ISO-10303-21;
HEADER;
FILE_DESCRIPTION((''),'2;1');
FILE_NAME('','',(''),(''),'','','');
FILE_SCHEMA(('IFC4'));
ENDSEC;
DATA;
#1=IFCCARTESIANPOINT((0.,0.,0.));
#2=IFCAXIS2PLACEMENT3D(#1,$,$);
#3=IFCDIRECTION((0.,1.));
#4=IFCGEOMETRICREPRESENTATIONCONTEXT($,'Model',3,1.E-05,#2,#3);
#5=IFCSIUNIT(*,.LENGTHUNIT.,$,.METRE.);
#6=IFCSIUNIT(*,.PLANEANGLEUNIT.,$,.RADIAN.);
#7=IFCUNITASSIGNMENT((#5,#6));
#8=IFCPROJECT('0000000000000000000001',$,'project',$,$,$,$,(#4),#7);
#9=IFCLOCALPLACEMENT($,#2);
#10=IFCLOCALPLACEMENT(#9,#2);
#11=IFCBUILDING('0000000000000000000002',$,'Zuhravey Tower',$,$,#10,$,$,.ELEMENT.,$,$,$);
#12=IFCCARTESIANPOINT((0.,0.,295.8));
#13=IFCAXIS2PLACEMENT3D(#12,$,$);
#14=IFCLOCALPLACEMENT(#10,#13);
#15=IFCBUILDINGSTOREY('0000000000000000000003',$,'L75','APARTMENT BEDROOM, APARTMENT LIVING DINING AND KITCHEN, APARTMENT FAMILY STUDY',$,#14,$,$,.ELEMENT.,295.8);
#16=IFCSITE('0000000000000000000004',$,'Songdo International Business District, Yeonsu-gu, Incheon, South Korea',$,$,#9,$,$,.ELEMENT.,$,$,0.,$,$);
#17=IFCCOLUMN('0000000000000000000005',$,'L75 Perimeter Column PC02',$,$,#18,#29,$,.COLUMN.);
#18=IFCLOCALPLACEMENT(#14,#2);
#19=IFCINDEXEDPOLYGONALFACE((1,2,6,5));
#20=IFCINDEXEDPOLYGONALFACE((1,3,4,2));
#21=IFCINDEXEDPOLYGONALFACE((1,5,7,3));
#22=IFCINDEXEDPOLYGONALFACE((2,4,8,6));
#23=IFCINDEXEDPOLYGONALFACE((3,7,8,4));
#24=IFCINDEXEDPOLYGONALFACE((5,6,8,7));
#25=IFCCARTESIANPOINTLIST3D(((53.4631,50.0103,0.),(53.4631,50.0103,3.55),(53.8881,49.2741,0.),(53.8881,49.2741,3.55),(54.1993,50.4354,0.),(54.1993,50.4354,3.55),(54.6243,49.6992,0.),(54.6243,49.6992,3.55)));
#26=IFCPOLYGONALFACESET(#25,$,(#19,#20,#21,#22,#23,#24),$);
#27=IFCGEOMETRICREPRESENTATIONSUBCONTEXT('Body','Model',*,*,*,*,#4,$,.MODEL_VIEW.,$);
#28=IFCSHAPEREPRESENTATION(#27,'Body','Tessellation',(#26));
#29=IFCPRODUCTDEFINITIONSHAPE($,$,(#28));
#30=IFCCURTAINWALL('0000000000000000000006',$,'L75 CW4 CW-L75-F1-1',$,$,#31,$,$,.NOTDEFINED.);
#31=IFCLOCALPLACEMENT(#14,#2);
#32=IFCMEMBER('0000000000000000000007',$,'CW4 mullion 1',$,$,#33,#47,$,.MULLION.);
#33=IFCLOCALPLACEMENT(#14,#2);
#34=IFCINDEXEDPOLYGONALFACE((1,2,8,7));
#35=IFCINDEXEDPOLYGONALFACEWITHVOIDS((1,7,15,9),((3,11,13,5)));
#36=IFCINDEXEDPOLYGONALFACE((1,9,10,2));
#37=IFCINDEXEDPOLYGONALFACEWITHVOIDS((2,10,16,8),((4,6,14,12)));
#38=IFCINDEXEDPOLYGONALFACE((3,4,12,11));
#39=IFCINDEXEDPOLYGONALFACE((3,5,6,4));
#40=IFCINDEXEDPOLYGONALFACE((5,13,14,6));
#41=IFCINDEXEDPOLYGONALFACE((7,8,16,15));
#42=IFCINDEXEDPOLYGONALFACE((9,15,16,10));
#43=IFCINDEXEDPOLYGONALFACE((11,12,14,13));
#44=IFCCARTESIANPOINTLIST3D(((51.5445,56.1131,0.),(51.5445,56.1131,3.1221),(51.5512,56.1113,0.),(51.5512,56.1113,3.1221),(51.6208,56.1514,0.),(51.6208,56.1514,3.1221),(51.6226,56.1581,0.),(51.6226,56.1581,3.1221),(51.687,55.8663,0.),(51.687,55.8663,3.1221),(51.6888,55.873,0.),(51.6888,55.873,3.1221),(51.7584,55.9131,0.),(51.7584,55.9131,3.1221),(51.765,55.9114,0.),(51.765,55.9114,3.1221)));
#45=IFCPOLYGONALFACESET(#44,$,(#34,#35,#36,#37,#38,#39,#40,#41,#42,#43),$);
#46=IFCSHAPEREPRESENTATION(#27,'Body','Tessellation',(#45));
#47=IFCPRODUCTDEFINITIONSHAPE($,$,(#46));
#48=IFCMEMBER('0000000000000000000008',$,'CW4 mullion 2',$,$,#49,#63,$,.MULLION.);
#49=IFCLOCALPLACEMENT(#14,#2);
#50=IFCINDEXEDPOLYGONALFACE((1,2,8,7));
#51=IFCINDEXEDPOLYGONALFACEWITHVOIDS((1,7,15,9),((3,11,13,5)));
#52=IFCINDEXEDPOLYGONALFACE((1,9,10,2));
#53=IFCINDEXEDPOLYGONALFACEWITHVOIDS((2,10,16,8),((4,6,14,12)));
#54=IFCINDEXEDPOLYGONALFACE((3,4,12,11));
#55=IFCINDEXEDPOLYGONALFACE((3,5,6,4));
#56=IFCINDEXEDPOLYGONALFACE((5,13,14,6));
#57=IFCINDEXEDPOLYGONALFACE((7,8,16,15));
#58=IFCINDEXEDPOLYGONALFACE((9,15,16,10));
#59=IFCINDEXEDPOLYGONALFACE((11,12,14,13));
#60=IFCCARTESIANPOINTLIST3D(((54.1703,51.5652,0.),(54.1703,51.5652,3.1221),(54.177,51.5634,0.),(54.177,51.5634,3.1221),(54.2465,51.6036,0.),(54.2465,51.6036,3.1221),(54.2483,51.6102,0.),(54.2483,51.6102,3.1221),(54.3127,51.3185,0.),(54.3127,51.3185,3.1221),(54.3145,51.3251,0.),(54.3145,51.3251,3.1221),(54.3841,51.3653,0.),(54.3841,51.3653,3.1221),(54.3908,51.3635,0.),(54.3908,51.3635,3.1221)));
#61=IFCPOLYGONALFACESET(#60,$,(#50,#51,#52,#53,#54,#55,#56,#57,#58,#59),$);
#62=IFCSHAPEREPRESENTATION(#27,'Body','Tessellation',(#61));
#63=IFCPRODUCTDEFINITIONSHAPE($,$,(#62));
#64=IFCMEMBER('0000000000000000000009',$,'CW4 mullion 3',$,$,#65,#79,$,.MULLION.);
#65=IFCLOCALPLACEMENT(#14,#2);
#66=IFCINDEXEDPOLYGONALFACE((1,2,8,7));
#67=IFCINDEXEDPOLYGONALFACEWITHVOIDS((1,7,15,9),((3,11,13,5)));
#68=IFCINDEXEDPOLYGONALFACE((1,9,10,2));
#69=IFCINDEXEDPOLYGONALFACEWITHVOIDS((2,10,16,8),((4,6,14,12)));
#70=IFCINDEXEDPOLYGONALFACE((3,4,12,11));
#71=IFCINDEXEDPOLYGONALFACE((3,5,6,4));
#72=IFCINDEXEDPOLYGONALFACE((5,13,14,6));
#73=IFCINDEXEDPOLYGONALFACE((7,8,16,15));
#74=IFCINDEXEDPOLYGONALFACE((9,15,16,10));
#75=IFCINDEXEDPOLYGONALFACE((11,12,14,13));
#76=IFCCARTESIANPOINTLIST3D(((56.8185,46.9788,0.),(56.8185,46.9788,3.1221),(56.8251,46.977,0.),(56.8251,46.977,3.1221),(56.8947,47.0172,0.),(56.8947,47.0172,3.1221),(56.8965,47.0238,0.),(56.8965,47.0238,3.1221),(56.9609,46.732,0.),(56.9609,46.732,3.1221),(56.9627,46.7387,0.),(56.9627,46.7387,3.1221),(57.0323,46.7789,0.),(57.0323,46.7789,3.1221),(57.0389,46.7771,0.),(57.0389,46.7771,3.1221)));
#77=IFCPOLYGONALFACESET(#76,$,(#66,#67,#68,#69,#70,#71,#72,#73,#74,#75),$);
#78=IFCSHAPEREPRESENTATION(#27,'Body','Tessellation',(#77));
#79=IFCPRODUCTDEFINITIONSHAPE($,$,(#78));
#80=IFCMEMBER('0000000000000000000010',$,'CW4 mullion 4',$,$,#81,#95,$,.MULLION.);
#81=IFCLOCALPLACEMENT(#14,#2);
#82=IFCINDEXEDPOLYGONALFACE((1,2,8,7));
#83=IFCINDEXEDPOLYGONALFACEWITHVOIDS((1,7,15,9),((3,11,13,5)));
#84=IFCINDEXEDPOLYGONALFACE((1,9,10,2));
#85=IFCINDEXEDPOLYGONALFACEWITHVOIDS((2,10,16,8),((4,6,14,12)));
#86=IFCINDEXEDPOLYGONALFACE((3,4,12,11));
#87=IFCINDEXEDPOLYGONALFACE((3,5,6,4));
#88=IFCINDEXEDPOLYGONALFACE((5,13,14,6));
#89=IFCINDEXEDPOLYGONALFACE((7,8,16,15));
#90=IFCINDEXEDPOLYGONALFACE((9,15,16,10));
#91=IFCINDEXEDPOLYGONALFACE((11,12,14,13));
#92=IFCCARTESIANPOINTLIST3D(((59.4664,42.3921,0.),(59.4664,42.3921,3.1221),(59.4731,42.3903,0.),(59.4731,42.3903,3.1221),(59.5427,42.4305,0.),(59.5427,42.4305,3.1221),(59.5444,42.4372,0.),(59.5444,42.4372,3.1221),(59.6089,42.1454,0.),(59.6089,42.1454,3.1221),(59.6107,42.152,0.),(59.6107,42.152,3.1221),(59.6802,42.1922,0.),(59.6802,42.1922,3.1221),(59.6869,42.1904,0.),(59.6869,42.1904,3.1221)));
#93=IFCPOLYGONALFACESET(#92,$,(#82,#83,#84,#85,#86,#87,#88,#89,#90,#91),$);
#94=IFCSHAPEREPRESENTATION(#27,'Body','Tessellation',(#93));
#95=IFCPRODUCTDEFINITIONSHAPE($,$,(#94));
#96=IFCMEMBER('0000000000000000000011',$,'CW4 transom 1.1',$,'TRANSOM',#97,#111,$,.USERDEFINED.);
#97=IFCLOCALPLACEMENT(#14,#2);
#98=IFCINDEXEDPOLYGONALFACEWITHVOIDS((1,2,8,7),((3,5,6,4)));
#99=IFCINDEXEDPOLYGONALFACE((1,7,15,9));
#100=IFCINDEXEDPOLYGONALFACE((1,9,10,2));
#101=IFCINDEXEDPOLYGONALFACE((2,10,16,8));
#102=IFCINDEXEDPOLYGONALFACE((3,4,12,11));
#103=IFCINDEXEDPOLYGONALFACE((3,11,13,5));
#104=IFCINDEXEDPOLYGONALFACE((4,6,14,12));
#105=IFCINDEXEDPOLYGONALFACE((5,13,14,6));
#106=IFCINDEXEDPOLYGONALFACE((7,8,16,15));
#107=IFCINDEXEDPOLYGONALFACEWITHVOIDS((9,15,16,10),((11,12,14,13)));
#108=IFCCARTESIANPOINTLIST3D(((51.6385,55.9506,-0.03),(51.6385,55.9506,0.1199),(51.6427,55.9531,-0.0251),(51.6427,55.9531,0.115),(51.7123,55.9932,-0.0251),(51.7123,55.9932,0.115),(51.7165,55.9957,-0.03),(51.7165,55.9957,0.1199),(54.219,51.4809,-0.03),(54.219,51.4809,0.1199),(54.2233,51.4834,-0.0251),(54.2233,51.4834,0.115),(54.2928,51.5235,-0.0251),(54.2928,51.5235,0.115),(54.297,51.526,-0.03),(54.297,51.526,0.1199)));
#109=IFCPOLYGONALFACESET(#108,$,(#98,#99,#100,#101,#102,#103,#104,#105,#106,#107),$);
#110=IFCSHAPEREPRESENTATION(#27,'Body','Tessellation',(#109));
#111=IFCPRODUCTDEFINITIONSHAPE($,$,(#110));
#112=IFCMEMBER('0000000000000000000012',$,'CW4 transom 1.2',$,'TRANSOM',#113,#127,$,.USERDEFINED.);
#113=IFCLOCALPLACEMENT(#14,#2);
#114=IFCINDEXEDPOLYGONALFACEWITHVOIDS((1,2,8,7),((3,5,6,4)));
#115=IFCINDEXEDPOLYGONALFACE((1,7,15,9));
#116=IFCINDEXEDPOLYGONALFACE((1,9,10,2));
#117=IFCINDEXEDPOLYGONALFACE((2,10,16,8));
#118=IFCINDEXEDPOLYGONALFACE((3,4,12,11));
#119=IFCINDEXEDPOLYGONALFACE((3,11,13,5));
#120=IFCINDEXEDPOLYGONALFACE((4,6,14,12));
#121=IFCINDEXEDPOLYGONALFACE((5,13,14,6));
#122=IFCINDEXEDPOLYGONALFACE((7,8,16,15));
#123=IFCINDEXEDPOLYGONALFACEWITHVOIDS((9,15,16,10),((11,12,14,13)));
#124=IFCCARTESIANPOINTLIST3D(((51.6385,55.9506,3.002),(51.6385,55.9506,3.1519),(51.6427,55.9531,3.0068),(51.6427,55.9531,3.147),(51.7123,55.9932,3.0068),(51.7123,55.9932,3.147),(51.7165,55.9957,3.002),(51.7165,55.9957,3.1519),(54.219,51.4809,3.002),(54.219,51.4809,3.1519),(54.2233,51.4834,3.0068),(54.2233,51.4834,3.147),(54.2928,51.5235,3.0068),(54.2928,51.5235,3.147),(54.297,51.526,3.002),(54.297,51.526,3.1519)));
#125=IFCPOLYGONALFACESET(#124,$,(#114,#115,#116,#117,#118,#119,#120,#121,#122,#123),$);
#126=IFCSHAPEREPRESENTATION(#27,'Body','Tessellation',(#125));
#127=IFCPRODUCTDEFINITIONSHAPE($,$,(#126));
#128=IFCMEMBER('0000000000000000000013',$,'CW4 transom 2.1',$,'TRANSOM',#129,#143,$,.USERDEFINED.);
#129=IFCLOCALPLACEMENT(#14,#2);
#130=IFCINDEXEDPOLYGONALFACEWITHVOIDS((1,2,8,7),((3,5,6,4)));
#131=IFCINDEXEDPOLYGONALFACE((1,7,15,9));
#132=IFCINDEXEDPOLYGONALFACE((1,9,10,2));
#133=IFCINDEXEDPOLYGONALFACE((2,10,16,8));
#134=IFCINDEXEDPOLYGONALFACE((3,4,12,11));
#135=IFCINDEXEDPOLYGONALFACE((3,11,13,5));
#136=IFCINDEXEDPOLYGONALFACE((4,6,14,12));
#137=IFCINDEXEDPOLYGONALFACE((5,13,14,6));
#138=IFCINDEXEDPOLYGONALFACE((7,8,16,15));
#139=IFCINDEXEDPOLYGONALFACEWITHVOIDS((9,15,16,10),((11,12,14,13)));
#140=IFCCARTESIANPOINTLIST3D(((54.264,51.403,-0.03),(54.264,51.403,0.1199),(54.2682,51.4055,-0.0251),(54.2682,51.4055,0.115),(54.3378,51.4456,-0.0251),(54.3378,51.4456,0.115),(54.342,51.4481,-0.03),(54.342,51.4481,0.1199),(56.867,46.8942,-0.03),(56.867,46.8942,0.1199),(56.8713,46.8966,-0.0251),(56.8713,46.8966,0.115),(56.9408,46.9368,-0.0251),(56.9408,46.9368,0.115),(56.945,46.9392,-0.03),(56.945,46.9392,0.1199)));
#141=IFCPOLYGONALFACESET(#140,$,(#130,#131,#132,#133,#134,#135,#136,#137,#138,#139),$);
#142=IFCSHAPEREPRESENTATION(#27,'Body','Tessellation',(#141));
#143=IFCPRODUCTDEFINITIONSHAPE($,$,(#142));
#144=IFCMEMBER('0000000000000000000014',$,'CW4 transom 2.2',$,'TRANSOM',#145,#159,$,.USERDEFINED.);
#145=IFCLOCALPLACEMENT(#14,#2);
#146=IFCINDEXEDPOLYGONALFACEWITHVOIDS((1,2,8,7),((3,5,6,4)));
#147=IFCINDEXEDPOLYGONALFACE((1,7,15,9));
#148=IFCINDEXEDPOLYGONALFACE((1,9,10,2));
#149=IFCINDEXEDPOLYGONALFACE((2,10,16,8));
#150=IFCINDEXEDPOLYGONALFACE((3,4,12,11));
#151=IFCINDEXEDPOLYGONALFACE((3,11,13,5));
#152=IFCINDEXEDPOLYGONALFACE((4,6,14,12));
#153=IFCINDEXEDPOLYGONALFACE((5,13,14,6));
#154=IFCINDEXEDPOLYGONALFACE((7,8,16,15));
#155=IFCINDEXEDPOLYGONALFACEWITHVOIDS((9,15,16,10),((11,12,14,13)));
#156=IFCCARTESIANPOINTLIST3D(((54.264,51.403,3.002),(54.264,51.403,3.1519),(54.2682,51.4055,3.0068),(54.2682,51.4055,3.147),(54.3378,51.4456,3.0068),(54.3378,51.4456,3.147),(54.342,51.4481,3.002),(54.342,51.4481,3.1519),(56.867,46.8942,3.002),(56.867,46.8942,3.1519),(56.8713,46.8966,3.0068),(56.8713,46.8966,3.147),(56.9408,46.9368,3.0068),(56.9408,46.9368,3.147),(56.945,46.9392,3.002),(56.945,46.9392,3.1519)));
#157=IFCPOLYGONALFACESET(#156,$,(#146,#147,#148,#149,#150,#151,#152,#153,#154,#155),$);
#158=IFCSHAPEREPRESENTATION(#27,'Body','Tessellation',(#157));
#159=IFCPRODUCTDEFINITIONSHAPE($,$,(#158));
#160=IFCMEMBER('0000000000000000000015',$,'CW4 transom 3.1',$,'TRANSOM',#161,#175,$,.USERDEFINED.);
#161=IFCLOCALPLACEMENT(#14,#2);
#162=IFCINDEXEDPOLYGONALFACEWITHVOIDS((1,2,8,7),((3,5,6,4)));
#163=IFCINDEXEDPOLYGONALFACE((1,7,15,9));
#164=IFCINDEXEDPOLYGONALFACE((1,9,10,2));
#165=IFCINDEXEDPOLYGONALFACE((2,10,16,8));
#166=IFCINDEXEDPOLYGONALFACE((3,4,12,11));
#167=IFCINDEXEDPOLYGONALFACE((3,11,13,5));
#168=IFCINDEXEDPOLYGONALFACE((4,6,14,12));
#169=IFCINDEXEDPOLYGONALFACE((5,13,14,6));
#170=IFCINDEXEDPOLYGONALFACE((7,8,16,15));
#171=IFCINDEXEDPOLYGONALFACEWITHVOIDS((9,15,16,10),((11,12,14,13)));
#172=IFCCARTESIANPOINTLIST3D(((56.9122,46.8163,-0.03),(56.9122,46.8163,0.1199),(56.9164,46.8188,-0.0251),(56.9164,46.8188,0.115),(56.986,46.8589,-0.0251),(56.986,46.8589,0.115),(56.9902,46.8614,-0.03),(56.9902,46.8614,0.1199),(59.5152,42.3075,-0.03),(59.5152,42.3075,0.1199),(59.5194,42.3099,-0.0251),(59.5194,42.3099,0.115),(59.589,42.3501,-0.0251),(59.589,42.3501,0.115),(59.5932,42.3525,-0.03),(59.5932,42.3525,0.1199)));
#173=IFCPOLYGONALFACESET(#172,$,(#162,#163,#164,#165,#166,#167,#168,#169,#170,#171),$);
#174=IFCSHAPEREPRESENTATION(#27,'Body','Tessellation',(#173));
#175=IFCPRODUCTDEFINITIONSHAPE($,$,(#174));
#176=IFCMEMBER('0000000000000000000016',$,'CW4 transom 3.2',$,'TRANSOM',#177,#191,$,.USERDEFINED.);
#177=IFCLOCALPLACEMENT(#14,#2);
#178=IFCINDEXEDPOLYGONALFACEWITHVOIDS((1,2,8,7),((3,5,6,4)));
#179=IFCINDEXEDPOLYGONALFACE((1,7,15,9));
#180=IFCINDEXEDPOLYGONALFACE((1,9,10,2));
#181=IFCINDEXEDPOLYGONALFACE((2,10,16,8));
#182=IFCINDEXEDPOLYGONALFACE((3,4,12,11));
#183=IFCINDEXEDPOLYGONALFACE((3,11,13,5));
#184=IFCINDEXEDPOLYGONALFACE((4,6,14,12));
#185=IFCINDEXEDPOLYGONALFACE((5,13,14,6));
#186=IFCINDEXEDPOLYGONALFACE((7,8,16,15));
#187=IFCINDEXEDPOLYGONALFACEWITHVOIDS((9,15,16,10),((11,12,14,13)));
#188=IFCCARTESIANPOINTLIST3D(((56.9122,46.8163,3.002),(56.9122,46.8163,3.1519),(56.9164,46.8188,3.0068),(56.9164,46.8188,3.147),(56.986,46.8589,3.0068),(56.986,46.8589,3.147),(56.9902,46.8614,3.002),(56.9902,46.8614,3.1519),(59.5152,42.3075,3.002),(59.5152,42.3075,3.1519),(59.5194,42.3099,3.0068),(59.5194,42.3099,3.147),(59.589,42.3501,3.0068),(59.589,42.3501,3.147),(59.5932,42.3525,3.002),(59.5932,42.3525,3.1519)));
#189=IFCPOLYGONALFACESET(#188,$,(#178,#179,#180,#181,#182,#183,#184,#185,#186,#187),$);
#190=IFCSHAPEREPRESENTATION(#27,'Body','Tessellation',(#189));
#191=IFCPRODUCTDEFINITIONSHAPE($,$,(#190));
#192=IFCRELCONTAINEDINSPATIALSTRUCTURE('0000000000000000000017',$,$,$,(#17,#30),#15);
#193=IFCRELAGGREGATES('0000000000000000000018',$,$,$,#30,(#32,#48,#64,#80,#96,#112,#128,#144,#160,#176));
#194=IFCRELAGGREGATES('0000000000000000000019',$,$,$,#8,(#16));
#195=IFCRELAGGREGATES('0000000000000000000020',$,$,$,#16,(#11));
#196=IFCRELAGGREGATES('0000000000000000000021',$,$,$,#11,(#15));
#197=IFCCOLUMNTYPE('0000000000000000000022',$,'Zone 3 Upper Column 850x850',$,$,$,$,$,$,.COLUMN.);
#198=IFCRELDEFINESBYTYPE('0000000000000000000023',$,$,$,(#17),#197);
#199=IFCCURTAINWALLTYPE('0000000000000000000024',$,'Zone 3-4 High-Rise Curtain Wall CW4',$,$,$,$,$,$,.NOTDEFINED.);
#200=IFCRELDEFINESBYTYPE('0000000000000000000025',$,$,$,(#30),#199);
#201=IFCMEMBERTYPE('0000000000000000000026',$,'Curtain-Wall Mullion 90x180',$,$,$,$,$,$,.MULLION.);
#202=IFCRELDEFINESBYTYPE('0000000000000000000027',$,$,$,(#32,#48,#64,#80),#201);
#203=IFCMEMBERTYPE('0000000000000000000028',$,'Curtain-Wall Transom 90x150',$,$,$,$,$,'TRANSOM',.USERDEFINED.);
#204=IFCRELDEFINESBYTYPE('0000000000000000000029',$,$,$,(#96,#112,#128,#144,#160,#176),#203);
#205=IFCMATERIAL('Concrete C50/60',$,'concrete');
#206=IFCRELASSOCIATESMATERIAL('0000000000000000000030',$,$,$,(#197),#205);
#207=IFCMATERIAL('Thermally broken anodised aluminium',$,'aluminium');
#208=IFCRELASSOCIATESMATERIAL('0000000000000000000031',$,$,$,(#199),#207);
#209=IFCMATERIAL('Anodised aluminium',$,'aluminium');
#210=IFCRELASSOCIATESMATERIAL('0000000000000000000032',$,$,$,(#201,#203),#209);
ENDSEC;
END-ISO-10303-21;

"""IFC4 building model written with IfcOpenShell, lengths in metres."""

from ifc_helpers import new_model, si_unit, direction, frame, origin, origin_2d, place, context, subcontext, project, spatial, rectangle, hollow_rectangle, extrude, material, material_profile, profile_set, type_object, element, aggregate, save


model = new_model("IFC4")

# Units and contexts
model_context = context("Model", 3, precision=1e-05, world=origin(), true_north=direction((0.0, 1.0)))
body_context = subcontext(model_context, "Body", "Model", "MODEL_VIEW")
ifc_project = project(units=[si_unit("LENGTHUNIT", "METRE"), si_unit("PLANEANGLEUNIT", "RADIAN")], contexts=[model_context])

# Site, building, storey
site_placement = place(None, origin())
site = spatial("IfcSite", under=ifc_project, at=site_placement, Name="Songdo International Business District, Yeonsu-gu, Incheon, South Korea", CompositionType="ELEMENT", RefElevation=0.0)
building_placement = place(site_placement, origin())
building = spatial("IfcBuilding", under=site, at=building_placement, Name="Zuhravey Tower", CompositionType="ELEMENT")
storey_placement = place(building_placement, frame((0.0, 0.0, 295.8)))
storey = spatial("IfcBuildingStorey", under=building, at=storey_placement, Name="L75", Description="APARTMENT BEDROOM, APARTMENT LIVING DINING AND KITCHEN, APARTMENT FAMILY STUDY", CompositionType="ELEMENT", Elevation=295.8)

# Column
ifc_material_1 = material(Name="Concrete C50/60", Category="concrete")
ifc_material_profile_1 = material_profile(ifc_material_1, rectangle(XDim=0.8501, YDim=0.8501, at=origin_2d()), Name="RC-850x850")
ifc_profile_set_1 = profile_set([ifc_material_profile_1], Name="Concrete C50/60")
column_type = type_object("IfcColumnType", Name="Zone 3 Upper Column 850x850", PredefinedType="COLUMN", material=ifc_profile_set_1)
column_placement = place(storey_placement, frame((54.0437, 49.8547, 0.0), z_axis=(0.0, 0.0, 1.0), x_axis=(-0.5, 0.866025, 0.0)))
element("IfcColumn", 1, at=column_placement, inside=storey, type_object=column_type, Name="L75 Perimeter Column PC02", PredefinedType="COLUMN", context=body_context, shape_type="SweptSolid", body=[
    extrude(rectangle(XDim=0.8501, YDim=0.8501, at=origin_2d()), origin(), (0.0, 0.0, 1.0), 3.55),
])

# Curtain wall, members
ifc_material_2 = material(Name="Thermally broken anodised aluminium", Category="aluminium")
curtain_wall_type = type_object("IfcCurtainWallType", Name="Zone 3-4 High-Rise Curtain Wall CW4", PredefinedType="NOTDEFINED", material=ifc_material_2)
curtain_wall_placement = place(storey_placement, origin())
curtain_wall = element("IfcCurtainWall", 2, at=curtain_wall_placement, inside=storey, type_object=curtain_wall_type, Name="L75 CW4 CW-L75-F1-1", PredefinedType="NOTDEFINED")
ifc_material_3 = material(Name="Anodised aluminium", Category="aluminium")
ifc_material_profile_2 = material_profile(ifc_material_3, hollow_rectangle(XDim=0.0901, YDim=0.2849, WallThickness=0.0049, at=origin_2d()), Name="ALU-RHS-90x285x5")
ifc_profile_set_2 = profile_set([ifc_material_profile_2], Name="Anodised aluminium")
member_type_1 = type_object("IfcMemberType", Name="Curtain-Wall Mullion 90x180", PredefinedType="MULLION", material=ifc_profile_set_2)
member_1_placement = place(storey_placement, frame((51.6548, 56.0122, 0.0), z_axis=(0.0, 0.0, 1.0), x_axis=(0.866025, 0.500002, 0.0)))
member_1 = element("IfcMember", 3, at=member_1_placement, type_object=member_type_1, Name="CW4 mullion 1", PredefinedType="MULLION", context=body_context, shape_type="SweptSolid", body=[
    extrude(hollow_rectangle(XDim=0.0901, YDim=0.2849, WallThickness=0.0049, at=origin_2d()), origin(), (0.0, 0.0, 1.0), 3.1221),
])
member_2_placement = place(storey_placement, frame((54.2805, 51.4644, 0.0), z_axis=(0.0, 0.0, 1.0), x_axis=(0.866025, 0.500002, 0.0)))
member_2 = element("IfcMember", 4, at=member_2_placement, type_object=member_type_1, Name="CW4 mullion 2", PredefinedType="MULLION", context=body_context, shape_type="SweptSolid", body=[
    extrude(hollow_rectangle(XDim=0.0901, YDim=0.2849, WallThickness=0.0049, at=origin_2d()), origin(), (0.0, 0.0, 1.0), 3.1221),
])
member_3_placement = place(storey_placement, frame((56.9287, 46.8779, 0.0), z_axis=(0.0, 0.0, 1.0), x_axis=(0.866025, 0.500002, 0.0)))
member_3 = element("IfcMember", 5, at=member_3_placement, type_object=member_type_1, Name="CW4 mullion 3", PredefinedType="MULLION", context=body_context, shape_type="SweptSolid", body=[
    extrude(hollow_rectangle(XDim=0.0901, YDim=0.2849, WallThickness=0.0049, at=origin_2d()), origin(), (0.0, 0.0, 1.0), 3.1221),
])
member_4_placement = place(storey_placement, frame((59.5767, 42.2913, 0.0), z_axis=(0.0, 0.0, 1.0), x_axis=(0.866025, 0.500002, 0.0)))
member_4 = element("IfcMember", 6, at=member_4_placement, type_object=member_type_1, Name="CW4 mullion 4", PredefinedType="MULLION", context=body_context, shape_type="SweptSolid", body=[
    extrude(hollow_rectangle(XDim=0.0901, YDim=0.2849, WallThickness=0.0049, at=origin_2d()), origin(), (0.0, 0.0, 1.0), 3.1221),
])
ifc_material_profile_3 = material_profile(ifc_material_3, hollow_rectangle(XDim=0.0901, YDim=0.1499, WallThickness=0.0049, at=origin_2d()), Name="ALU-RHS-90x150x5")
ifc_profile_set_3 = profile_set([ifc_material_profile_3], Name="Anodised aluminium")
member_type_2 = type_object("IfcMemberType", Name="Curtain-Wall Transom 90x150", ElementType="TRANSOM", PredefinedType="USERDEFINED", material=ifc_profile_set_3)
member_5_placement = place(storey_placement, frame((51.6775, 55.9731, 0.0449), z_axis=(0.499995, -0.866028, 0.0), x_axis=(0.866028, 0.499995, 0.0)))
member_5 = element("IfcMember", 7, at=member_5_placement, type_object=member_type_2, Name="CW4 transom 1.1", ObjectType="TRANSOM", PredefinedType="USERDEFINED", context=body_context, shape_type="SweptSolid", body=[
    extrude(hollow_rectangle(XDim=0.0901, YDim=0.1499, WallThickness=0.0049, at=origin_2d()), origin(), (0.0, 0.0, 1.0), 5.1611),
])
member_6_placement = place(storey_placement, frame((51.6775, 55.9731, 3.0769), z_axis=(0.499995, -0.866028, 0.0), x_axis=(0.866028, 0.499995, 0.0)))
member_6 = element("IfcMember", 8, at=member_6_placement, type_object=member_type_2, Name="CW4 transom 1.2", ObjectType="TRANSOM", PredefinedType="USERDEFINED", context=body_context, shape_type="SweptSolid", body=[
    extrude(hollow_rectangle(XDim=0.0901, YDim=0.1499, WallThickness=0.0049, at=origin_2d()), origin(), (0.0, 0.0, 1.0), 5.1611),
])
member_7_placement = place(storey_placement, frame((54.303, 51.4255, 0.0449), z_axis=(0.499982, -0.866036, 0.0), x_axis=(0.866036, 0.499982, 0.0)))
member_7 = element("IfcMember", 9, at=member_7_placement, type_object=member_type_2, Name="CW4 transom 2.1", ObjectType="TRANSOM", PredefinedType="USERDEFINED", context=body_context, shape_type="SweptSolid", body=[
    extrude(hollow_rectangle(XDim=0.0901, YDim=0.1499, WallThickness=0.0049, at=origin_2d()), origin(), (0.0, 0.0, 1.0), 5.2063),
])
member_8_placement = place(storey_placement, frame((54.303, 51.4255, 3.0769), z_axis=(0.499982, -0.866036, 0.0), x_axis=(0.866036, 0.499982, 0.0)))
member_8 = element("IfcMember", 10, at=member_8_placement, type_object=member_type_2, Name="CW4 transom 2.2", ObjectType="TRANSOM", PredefinedType="USERDEFINED", context=body_context, shape_type="SweptSolid", body=[
    extrude(hollow_rectangle(XDim=0.0901, YDim=0.1499, WallThickness=0.0049, at=origin_2d()), origin(), (0.0, 0.0, 1.0), 5.2063),
])
member_9_placement = place(storey_placement, frame((56.9512, 46.8389, 0.0449), z_axis=(0.499982, -0.866036, 0.0), x_axis=(0.866036, 0.499982, 0.0)))
member_9 = element("IfcMember", 11, at=member_9_placement, type_object=member_type_2, Name="CW4 transom 3.1", ObjectType="TRANSOM", PredefinedType="USERDEFINED", context=body_context, shape_type="SweptSolid", body=[
    extrude(hollow_rectangle(XDim=0.0901, YDim=0.1499, WallThickness=0.0049, at=origin_2d()), origin(), (0.0, 0.0, 1.0), 5.2063),
])
member_10_placement = place(storey_placement, frame((56.9512, 46.8389, 3.0769), z_axis=(0.499982, -0.866036, 0.0), x_axis=(0.866036, 0.499982, 0.0)))
member_10 = element("IfcMember", 12, at=member_10_placement, type_object=member_type_2, Name="CW4 transom 3.2", ObjectType="TRANSOM", PredefinedType="USERDEFINED", context=body_context, shape_type="SweptSolid", body=[
    extrude(hollow_rectangle(XDim=0.0901, YDim=0.1499, WallThickness=0.0049, at=origin_2d()), origin(), (0.0, 0.0, 1.0), 5.2063),
])

aggregate(curtain_wall, [member_1, member_2, member_3, member_4, member_5, member_6, member_7, member_8, member_9, member_10])

save(model, "model.ifc")
